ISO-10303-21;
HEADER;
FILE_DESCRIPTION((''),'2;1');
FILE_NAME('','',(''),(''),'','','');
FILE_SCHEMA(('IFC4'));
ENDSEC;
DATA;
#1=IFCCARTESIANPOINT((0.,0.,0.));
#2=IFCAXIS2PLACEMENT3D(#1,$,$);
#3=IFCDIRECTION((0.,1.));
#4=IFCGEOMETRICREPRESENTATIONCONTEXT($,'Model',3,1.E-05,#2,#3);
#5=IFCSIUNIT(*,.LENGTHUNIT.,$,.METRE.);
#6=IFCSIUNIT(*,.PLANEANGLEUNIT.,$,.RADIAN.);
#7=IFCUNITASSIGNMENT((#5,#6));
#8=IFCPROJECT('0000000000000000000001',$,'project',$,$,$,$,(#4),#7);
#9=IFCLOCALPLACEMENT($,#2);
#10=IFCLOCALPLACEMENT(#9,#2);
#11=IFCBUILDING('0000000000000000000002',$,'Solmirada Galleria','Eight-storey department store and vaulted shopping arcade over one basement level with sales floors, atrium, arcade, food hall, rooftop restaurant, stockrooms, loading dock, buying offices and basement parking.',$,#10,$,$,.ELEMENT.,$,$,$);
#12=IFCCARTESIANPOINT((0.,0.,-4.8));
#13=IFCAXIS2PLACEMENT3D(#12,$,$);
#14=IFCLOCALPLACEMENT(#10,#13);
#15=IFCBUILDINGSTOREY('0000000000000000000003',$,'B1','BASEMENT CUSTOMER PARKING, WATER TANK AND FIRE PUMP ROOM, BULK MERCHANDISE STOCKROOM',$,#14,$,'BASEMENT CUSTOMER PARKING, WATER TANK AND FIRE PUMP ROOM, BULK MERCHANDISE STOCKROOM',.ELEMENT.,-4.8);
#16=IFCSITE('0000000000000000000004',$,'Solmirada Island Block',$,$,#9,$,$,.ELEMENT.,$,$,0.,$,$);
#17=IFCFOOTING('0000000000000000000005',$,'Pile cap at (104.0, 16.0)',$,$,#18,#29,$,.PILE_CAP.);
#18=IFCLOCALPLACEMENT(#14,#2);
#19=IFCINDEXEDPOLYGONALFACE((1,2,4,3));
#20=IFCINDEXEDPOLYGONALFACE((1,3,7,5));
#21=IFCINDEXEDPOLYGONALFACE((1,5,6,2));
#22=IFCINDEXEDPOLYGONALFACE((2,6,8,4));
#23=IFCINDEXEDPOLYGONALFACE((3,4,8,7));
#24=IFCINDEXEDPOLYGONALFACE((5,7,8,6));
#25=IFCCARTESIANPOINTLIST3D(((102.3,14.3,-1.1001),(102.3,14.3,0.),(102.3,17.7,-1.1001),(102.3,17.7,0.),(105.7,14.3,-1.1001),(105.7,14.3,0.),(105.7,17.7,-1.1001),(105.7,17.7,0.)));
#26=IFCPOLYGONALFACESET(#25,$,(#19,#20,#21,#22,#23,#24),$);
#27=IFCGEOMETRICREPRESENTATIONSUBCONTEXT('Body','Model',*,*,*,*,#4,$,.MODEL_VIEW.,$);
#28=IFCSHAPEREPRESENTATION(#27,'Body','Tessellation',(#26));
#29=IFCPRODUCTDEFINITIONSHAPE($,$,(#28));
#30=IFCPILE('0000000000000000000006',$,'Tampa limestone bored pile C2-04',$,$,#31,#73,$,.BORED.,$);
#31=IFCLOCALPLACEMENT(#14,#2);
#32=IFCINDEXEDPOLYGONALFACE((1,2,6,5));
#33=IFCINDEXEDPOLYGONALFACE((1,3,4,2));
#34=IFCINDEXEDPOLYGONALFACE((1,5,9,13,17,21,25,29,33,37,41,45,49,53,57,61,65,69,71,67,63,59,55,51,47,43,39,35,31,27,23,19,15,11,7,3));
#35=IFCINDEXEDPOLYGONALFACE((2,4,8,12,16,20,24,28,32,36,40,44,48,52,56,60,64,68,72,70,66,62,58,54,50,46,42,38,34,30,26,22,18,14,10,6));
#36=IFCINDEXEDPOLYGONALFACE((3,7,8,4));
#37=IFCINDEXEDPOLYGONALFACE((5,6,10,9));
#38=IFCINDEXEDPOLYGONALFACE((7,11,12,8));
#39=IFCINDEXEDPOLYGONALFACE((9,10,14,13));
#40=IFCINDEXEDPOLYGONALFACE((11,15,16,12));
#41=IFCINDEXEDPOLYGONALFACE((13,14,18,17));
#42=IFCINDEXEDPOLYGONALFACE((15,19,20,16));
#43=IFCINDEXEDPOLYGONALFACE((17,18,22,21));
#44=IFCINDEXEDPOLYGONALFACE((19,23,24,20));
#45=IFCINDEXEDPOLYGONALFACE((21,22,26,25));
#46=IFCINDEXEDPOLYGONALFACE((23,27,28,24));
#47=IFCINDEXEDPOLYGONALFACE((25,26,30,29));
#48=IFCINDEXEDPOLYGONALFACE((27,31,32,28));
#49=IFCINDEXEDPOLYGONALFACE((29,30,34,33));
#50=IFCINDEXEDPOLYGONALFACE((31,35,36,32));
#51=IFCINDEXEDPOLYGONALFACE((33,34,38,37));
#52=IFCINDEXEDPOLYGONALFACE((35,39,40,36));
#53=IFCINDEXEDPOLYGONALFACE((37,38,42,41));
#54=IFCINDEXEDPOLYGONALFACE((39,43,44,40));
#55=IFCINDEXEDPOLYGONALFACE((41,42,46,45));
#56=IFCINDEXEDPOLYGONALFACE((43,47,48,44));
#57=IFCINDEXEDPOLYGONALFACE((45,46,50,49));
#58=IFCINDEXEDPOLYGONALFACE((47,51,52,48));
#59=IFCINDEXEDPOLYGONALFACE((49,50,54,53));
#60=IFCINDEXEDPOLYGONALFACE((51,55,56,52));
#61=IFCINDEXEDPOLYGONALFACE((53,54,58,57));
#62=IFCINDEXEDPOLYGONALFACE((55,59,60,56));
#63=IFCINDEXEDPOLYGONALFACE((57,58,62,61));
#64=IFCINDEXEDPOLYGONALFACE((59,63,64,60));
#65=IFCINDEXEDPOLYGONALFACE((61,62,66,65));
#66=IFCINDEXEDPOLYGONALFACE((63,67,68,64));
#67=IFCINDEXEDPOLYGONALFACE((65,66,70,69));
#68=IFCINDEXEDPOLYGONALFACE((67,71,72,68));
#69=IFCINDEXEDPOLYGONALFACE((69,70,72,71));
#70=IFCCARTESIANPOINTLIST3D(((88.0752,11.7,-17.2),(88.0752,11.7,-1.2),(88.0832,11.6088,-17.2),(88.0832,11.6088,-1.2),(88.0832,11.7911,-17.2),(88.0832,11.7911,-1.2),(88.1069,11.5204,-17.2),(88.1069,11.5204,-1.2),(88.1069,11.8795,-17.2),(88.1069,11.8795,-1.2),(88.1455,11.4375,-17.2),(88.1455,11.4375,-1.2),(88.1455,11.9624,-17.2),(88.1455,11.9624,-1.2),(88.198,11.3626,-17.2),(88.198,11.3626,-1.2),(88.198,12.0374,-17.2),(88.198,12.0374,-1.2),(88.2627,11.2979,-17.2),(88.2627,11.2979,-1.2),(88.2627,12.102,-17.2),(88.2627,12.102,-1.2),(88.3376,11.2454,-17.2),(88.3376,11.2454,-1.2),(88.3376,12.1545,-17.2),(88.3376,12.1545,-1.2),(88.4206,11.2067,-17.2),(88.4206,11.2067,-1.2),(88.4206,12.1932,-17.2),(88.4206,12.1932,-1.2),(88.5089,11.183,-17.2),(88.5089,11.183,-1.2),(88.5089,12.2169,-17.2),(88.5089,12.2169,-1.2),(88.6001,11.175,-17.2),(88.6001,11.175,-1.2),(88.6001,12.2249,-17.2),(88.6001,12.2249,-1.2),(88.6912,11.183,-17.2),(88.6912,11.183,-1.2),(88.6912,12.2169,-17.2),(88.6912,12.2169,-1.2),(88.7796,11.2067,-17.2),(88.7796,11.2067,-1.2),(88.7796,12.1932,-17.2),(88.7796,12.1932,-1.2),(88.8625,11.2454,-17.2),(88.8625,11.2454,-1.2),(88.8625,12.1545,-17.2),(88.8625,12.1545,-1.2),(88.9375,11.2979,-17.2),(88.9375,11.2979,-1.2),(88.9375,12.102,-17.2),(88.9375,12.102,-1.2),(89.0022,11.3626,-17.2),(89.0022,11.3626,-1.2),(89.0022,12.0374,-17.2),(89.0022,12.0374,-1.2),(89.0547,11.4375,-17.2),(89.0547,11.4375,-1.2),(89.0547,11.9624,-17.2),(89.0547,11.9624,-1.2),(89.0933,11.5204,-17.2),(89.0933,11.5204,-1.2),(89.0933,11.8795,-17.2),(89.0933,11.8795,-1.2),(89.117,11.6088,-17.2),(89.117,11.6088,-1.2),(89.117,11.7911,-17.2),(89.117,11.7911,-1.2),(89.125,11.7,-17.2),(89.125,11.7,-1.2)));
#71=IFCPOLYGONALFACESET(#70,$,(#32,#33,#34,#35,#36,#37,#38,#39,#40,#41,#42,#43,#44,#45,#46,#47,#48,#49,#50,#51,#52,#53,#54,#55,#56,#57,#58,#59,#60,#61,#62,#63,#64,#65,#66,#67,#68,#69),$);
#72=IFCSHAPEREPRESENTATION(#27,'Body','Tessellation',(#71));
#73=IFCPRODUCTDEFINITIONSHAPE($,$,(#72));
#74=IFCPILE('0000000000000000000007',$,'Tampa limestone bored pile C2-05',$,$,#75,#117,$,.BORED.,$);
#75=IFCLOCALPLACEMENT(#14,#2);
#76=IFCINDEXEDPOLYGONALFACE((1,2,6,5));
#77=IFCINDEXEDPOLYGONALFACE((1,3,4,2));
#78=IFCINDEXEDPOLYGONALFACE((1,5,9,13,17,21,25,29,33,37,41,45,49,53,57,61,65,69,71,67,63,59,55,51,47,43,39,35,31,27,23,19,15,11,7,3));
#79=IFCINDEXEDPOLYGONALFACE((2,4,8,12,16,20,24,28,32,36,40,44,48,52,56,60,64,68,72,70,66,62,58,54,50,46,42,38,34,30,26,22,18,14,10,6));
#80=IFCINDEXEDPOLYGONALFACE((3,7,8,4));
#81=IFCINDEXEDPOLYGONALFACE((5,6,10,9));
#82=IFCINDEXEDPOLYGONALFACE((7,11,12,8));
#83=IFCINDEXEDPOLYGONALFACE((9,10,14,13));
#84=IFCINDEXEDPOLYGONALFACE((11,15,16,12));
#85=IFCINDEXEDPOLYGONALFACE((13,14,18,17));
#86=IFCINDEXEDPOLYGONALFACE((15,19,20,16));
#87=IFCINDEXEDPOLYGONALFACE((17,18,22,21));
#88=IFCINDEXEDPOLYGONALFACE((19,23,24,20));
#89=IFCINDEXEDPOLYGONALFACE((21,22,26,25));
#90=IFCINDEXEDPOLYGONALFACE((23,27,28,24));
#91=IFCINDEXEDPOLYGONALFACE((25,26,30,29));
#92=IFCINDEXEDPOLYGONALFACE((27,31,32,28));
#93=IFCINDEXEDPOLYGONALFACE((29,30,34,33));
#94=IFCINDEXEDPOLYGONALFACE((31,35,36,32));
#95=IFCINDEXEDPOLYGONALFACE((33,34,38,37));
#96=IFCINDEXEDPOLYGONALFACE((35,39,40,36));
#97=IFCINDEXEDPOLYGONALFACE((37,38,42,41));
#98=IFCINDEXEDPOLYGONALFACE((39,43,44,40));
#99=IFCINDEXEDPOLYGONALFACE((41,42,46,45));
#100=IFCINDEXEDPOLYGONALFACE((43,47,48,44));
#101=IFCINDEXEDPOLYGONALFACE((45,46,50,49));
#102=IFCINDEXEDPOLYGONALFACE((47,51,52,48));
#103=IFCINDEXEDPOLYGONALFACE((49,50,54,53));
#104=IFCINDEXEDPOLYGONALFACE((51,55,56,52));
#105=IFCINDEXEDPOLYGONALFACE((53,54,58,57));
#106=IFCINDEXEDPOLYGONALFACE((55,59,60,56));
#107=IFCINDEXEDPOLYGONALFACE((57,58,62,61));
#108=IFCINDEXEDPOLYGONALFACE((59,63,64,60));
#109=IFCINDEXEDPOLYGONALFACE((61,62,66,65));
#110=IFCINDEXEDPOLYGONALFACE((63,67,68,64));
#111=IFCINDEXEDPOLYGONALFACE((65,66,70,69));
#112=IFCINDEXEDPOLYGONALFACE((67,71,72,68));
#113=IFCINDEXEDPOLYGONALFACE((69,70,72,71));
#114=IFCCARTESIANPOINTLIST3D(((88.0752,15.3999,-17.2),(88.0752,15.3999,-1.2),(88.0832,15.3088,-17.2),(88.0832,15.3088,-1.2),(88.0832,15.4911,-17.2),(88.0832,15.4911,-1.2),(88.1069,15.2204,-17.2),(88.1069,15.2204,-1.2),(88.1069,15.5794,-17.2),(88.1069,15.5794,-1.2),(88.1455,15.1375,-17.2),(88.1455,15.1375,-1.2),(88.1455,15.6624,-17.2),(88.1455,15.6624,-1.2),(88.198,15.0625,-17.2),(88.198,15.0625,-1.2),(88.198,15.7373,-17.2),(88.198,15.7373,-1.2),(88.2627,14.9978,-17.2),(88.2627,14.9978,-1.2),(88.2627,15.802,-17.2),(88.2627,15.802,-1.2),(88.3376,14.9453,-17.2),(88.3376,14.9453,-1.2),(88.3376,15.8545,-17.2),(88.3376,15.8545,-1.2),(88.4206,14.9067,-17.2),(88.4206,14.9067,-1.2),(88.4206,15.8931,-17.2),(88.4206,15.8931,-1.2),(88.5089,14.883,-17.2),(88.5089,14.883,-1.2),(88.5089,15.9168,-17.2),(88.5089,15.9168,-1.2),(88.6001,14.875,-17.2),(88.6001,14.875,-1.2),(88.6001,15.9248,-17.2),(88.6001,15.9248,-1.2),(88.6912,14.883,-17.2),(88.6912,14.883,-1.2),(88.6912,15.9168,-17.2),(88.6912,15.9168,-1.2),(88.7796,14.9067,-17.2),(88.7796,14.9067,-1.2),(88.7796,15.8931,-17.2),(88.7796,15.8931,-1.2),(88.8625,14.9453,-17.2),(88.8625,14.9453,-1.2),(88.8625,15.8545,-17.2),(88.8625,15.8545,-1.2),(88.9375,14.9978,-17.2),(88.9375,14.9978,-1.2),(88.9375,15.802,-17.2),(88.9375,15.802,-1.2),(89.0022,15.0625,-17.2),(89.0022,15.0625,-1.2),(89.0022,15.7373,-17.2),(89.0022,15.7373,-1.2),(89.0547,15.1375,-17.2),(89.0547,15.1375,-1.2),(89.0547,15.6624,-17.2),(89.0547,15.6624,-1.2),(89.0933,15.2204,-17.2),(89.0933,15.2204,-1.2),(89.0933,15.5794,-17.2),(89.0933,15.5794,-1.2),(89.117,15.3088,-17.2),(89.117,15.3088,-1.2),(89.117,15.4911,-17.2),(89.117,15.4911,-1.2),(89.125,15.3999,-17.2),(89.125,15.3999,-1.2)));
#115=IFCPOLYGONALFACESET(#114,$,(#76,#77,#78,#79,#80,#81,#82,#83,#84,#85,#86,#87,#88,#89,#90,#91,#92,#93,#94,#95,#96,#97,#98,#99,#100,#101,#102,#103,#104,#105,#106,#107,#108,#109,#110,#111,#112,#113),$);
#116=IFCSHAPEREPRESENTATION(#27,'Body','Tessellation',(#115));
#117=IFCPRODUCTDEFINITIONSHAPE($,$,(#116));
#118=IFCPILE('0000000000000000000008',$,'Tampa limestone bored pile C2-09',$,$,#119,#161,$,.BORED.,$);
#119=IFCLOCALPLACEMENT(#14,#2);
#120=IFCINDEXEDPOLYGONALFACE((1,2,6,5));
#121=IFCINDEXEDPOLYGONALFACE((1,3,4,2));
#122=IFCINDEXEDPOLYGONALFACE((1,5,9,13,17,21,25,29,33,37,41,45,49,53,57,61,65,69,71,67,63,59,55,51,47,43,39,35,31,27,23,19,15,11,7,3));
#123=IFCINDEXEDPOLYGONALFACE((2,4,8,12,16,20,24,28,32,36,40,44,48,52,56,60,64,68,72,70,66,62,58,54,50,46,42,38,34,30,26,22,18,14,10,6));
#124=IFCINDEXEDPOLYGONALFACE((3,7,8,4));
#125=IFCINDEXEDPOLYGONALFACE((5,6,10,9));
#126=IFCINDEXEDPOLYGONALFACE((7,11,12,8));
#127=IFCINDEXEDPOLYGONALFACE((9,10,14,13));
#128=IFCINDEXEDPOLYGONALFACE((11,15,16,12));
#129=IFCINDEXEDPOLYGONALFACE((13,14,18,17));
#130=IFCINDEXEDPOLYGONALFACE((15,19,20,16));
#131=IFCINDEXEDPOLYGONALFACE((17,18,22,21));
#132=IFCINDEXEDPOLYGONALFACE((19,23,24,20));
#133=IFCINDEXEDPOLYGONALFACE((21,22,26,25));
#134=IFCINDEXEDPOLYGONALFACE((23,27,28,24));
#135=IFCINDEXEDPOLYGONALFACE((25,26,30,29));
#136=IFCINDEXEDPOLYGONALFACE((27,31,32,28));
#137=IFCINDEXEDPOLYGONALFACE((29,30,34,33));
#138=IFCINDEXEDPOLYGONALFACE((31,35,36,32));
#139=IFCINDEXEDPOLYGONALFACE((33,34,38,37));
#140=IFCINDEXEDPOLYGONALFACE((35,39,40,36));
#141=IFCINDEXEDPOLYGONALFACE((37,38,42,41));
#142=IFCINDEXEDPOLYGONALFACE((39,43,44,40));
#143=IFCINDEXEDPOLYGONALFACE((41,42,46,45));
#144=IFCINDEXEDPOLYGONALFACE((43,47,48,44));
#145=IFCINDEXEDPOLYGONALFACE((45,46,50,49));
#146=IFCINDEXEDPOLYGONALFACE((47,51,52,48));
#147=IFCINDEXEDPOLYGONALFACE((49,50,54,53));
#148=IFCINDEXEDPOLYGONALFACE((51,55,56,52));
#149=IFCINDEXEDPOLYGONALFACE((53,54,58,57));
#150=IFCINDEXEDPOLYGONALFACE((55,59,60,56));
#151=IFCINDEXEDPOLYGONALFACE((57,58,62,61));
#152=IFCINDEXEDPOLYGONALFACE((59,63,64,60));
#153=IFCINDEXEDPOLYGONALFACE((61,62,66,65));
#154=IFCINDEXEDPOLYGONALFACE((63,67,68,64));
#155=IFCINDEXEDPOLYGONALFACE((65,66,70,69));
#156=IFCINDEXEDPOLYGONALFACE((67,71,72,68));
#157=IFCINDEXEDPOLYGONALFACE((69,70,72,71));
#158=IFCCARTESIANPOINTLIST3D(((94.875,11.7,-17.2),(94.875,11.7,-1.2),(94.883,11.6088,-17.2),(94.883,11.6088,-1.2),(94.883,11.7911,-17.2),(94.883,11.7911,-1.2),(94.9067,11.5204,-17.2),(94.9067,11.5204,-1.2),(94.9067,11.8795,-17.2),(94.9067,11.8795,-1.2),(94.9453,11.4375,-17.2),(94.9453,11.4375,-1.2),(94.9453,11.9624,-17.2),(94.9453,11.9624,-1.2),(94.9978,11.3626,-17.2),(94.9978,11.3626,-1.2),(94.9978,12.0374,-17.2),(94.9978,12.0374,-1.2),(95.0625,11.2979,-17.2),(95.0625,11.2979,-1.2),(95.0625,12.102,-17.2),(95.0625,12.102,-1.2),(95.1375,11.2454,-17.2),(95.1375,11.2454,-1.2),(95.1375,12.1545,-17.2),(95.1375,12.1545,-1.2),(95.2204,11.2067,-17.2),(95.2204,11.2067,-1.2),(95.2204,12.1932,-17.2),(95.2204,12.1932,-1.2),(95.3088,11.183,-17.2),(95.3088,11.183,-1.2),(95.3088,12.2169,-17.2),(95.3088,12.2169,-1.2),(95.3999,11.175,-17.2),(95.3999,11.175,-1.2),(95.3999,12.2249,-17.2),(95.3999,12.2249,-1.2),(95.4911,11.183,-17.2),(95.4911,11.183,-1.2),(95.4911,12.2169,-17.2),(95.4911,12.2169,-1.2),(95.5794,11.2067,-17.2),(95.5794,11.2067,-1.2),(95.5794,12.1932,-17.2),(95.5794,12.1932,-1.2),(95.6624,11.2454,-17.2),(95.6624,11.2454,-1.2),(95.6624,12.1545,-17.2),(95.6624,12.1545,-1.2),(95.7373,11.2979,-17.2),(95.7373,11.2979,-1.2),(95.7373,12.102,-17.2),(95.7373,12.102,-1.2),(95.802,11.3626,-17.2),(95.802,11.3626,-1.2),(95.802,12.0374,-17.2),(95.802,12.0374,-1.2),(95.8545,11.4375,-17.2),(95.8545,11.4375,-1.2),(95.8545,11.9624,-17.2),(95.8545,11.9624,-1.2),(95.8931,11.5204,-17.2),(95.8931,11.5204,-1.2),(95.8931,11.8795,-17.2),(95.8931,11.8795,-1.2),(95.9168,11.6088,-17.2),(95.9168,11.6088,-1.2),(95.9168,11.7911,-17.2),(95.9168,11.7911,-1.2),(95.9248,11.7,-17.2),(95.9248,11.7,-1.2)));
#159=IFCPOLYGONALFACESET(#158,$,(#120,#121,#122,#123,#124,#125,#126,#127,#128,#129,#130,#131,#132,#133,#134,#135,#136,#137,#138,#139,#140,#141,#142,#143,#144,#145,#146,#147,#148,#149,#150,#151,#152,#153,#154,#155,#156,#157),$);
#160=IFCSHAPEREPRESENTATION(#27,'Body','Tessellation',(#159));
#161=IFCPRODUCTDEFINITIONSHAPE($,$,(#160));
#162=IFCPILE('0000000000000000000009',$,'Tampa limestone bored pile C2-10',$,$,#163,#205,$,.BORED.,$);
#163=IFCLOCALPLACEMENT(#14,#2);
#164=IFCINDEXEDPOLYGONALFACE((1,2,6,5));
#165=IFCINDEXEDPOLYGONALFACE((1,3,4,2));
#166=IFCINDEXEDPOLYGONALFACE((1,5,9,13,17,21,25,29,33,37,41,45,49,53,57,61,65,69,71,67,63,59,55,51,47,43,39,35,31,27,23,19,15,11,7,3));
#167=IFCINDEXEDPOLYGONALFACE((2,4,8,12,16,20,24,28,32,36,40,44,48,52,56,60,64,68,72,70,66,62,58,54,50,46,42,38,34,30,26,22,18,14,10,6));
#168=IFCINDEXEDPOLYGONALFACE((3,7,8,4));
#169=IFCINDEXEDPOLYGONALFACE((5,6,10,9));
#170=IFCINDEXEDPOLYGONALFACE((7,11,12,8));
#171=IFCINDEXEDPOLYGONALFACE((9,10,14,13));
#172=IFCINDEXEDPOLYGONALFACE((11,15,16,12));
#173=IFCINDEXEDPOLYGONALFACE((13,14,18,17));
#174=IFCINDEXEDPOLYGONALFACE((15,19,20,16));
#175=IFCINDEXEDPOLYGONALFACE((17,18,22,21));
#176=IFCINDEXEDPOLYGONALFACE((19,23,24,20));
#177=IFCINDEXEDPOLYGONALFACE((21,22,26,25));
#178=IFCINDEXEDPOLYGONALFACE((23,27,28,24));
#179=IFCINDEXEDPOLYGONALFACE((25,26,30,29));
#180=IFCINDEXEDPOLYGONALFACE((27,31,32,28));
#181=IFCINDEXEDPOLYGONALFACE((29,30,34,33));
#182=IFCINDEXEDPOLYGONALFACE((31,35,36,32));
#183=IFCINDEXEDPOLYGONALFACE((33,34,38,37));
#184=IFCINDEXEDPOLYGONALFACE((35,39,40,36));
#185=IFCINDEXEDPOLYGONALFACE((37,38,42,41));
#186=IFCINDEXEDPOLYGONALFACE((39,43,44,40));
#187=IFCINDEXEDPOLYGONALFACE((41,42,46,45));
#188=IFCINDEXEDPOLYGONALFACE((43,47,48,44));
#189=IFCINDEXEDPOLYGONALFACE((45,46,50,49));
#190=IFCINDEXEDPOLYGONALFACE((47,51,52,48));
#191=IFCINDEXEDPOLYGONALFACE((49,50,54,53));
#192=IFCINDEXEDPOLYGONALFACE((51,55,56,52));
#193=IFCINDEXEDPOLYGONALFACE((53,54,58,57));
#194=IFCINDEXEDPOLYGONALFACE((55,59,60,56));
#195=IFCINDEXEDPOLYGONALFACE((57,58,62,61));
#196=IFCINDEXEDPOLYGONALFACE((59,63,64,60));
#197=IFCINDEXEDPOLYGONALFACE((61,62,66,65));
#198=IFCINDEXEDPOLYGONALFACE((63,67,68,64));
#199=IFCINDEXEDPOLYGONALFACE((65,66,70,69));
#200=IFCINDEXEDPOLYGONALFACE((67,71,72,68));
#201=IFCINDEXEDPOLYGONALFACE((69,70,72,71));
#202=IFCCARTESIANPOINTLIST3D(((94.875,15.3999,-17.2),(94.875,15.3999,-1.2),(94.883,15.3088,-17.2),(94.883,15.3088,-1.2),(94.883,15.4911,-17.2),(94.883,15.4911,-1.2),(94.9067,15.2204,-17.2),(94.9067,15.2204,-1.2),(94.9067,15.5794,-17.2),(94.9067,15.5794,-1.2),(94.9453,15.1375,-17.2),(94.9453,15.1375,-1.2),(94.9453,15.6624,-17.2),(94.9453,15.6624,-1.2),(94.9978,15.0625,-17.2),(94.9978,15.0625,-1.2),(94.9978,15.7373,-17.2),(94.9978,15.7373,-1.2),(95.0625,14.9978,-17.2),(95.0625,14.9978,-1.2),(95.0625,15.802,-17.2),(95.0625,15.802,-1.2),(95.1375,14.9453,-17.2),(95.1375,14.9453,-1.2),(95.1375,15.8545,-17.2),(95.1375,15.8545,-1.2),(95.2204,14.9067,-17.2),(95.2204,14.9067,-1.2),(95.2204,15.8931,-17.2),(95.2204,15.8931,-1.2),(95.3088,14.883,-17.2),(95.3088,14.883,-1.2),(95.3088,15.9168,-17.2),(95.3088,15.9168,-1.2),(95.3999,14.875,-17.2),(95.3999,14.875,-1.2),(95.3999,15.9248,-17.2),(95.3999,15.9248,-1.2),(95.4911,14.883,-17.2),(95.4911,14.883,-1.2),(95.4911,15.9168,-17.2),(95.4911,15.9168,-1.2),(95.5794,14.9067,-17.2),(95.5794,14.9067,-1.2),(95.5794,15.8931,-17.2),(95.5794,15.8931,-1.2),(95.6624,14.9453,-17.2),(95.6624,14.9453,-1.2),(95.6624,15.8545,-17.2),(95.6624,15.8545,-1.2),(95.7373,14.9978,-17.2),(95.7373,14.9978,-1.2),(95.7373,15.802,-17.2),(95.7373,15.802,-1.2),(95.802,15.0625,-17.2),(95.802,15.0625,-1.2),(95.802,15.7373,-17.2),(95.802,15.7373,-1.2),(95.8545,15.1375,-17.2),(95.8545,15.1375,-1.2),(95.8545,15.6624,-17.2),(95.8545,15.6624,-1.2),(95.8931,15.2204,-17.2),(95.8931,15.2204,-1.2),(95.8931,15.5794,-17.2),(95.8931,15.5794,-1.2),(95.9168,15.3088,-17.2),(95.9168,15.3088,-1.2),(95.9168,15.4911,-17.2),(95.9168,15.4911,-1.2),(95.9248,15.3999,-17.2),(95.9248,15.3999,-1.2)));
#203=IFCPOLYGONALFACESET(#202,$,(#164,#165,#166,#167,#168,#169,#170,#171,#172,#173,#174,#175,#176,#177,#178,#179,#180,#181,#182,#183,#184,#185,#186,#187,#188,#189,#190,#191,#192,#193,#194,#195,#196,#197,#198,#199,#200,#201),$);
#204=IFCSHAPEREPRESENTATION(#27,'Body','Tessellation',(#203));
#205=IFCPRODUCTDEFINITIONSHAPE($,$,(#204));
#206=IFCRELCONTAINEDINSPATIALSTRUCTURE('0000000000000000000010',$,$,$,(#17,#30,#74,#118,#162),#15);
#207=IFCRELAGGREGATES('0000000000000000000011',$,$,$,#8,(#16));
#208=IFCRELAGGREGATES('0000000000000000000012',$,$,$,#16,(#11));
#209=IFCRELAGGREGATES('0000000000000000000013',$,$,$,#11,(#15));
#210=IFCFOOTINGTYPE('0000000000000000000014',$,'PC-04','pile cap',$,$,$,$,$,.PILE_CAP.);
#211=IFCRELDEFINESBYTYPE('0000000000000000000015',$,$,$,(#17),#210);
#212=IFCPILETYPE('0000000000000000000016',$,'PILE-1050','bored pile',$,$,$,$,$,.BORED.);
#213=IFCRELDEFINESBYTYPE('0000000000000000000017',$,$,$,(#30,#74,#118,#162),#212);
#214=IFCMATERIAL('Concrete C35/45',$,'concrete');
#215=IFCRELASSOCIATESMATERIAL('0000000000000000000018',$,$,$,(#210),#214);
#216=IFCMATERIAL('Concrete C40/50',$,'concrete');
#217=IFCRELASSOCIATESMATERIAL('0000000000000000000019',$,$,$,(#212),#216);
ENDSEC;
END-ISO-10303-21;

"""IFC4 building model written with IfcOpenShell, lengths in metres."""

from ifc_helpers import new_model, si_unit, direction, frame, origin, origin_2d, place, context, subcontext, project, spatial, rectangle, circle, extrude, material, material_profile, profile_set, type_object, element, save


model = new_model("IFC4")

# Units and contexts
model_context = context("Model", 3, precision=1e-05, world=origin(), true_north=direction((0.0, 1.0)))
body_context = subcontext(model_context, "Body", "Model", "MODEL_VIEW")
ifc_project = project(units=[si_unit("LENGTHUNIT", "METRE"), si_unit("PLANEANGLEUNIT", "RADIAN")], contexts=[model_context])

# Site, building, storey
site_placement = place(None, origin())
site = spatial("IfcSite", under=ifc_project, at=site_placement, Name="Solmirada Island Block", CompositionType="ELEMENT", RefElevation=0.0)
building_placement = place(site_placement, origin())
building = spatial("IfcBuilding", under=site, at=building_placement, Name="Solmirada Galleria", Description="Eight-storey department store and vaulted shopping arcade over one basement level with sales floors, atrium, arcade, food hall, rooftop restaurant, stockrooms, loading dock, buying offices and basement parking.", CompositionType="ELEMENT")
storey_placement = place(building_placement, frame((0.0, 0.0, -4.8)))
storey = spatial("IfcBuildingStorey", under=building, at=storey_placement, Name="B1", Description="BASEMENT CUSTOMER PARKING, WATER TANK AND FIRE PUMP ROOM, BULK MERCHANDISE STOCKROOM", LongName="BASEMENT CUSTOMER PARKING, WATER TANK AND FIRE PUMP ROOM, BULK MERCHANDISE STOCKROOM", CompositionType="ELEMENT", Elevation=-4.8)

# Footing
ifc_material_1 = material(Name="Concrete C35/45", Category="concrete")
footing_type_1 = type_object("IfcFootingType", Name="PC-04", Description="pile cap", PredefinedType="PILE_CAP", material=ifc_material_1)
footing_1_placement = place(storey_placement, frame((104.0, 16.0, -1.1001), z_axis=(0.0, 0.0, 1.0), x_axis=(1.0, 0.0, 0.0)))
element("IfcFooting", 1, at=footing_1_placement, inside=storey, type_object=footing_type_1, Name="Pile cap at (104.0, 16.0)", PredefinedType="PILE_CAP", context=body_context, shape_type="SweptSolid", body=[
    extrude(rectangle(XDim=3.3999, YDim=3.3999, at=origin_2d()), origin(), (0.0, 0.0, 1.0), 1.1001),
])

# Piles
ifc_material_2 = material(Name="Concrete C40/50", Category="concrete")
ifc_material_profile_1 = material_profile(ifc_material_2, circle(Radius=0.5249, at=origin_2d()), Name="PILE1050")
ifc_profile_set_1 = profile_set([ifc_material_profile_1], Name="Concrete C40/50")
pile_type = type_object("IfcPileType", Name="PILE-1050", Description="bored pile", PredefinedType="BORED", material=ifc_profile_set_1)
for number, where, z_axis, x_axis, name in (
    (2, (88.6001, 11.7, -1.2), (0.0, 0.0, -1.0), (1.0, 0.0, 0.0), "Tampa limestone bored pile C2-04"),
    (3, (88.6001, 15.3999, -1.2), (0.0, 0.0, -1.0), (1.0, 0.0, 0.0), "Tampa limestone bored pile C2-05"),
    (4, (95.3999, 11.7, -1.2), (0.0, 0.0, -1.0), (1.0, 0.0, 0.0), "Tampa limestone bored pile C2-09"),
    (5, (95.3999, 15.3999, -1.2), (0.0, 0.0, -1.0), (1.0, 0.0, 0.0), "Tampa limestone bored pile C2-10"),
):
    element("IfcPile", number, at=place(storey_placement, frame(where, z_axis=z_axis, x_axis=x_axis)), inside=storey, type_object=pile_type, Name=name, PredefinedType="BORED", context=body_context, shape_type="SweptSolid", body=[
        extrude(circle(Radius=0.5249, at=origin_2d()), origin(), (0.0, 0.0, 1.0), 16.0),
    ])

save(model, "model.ifc")
